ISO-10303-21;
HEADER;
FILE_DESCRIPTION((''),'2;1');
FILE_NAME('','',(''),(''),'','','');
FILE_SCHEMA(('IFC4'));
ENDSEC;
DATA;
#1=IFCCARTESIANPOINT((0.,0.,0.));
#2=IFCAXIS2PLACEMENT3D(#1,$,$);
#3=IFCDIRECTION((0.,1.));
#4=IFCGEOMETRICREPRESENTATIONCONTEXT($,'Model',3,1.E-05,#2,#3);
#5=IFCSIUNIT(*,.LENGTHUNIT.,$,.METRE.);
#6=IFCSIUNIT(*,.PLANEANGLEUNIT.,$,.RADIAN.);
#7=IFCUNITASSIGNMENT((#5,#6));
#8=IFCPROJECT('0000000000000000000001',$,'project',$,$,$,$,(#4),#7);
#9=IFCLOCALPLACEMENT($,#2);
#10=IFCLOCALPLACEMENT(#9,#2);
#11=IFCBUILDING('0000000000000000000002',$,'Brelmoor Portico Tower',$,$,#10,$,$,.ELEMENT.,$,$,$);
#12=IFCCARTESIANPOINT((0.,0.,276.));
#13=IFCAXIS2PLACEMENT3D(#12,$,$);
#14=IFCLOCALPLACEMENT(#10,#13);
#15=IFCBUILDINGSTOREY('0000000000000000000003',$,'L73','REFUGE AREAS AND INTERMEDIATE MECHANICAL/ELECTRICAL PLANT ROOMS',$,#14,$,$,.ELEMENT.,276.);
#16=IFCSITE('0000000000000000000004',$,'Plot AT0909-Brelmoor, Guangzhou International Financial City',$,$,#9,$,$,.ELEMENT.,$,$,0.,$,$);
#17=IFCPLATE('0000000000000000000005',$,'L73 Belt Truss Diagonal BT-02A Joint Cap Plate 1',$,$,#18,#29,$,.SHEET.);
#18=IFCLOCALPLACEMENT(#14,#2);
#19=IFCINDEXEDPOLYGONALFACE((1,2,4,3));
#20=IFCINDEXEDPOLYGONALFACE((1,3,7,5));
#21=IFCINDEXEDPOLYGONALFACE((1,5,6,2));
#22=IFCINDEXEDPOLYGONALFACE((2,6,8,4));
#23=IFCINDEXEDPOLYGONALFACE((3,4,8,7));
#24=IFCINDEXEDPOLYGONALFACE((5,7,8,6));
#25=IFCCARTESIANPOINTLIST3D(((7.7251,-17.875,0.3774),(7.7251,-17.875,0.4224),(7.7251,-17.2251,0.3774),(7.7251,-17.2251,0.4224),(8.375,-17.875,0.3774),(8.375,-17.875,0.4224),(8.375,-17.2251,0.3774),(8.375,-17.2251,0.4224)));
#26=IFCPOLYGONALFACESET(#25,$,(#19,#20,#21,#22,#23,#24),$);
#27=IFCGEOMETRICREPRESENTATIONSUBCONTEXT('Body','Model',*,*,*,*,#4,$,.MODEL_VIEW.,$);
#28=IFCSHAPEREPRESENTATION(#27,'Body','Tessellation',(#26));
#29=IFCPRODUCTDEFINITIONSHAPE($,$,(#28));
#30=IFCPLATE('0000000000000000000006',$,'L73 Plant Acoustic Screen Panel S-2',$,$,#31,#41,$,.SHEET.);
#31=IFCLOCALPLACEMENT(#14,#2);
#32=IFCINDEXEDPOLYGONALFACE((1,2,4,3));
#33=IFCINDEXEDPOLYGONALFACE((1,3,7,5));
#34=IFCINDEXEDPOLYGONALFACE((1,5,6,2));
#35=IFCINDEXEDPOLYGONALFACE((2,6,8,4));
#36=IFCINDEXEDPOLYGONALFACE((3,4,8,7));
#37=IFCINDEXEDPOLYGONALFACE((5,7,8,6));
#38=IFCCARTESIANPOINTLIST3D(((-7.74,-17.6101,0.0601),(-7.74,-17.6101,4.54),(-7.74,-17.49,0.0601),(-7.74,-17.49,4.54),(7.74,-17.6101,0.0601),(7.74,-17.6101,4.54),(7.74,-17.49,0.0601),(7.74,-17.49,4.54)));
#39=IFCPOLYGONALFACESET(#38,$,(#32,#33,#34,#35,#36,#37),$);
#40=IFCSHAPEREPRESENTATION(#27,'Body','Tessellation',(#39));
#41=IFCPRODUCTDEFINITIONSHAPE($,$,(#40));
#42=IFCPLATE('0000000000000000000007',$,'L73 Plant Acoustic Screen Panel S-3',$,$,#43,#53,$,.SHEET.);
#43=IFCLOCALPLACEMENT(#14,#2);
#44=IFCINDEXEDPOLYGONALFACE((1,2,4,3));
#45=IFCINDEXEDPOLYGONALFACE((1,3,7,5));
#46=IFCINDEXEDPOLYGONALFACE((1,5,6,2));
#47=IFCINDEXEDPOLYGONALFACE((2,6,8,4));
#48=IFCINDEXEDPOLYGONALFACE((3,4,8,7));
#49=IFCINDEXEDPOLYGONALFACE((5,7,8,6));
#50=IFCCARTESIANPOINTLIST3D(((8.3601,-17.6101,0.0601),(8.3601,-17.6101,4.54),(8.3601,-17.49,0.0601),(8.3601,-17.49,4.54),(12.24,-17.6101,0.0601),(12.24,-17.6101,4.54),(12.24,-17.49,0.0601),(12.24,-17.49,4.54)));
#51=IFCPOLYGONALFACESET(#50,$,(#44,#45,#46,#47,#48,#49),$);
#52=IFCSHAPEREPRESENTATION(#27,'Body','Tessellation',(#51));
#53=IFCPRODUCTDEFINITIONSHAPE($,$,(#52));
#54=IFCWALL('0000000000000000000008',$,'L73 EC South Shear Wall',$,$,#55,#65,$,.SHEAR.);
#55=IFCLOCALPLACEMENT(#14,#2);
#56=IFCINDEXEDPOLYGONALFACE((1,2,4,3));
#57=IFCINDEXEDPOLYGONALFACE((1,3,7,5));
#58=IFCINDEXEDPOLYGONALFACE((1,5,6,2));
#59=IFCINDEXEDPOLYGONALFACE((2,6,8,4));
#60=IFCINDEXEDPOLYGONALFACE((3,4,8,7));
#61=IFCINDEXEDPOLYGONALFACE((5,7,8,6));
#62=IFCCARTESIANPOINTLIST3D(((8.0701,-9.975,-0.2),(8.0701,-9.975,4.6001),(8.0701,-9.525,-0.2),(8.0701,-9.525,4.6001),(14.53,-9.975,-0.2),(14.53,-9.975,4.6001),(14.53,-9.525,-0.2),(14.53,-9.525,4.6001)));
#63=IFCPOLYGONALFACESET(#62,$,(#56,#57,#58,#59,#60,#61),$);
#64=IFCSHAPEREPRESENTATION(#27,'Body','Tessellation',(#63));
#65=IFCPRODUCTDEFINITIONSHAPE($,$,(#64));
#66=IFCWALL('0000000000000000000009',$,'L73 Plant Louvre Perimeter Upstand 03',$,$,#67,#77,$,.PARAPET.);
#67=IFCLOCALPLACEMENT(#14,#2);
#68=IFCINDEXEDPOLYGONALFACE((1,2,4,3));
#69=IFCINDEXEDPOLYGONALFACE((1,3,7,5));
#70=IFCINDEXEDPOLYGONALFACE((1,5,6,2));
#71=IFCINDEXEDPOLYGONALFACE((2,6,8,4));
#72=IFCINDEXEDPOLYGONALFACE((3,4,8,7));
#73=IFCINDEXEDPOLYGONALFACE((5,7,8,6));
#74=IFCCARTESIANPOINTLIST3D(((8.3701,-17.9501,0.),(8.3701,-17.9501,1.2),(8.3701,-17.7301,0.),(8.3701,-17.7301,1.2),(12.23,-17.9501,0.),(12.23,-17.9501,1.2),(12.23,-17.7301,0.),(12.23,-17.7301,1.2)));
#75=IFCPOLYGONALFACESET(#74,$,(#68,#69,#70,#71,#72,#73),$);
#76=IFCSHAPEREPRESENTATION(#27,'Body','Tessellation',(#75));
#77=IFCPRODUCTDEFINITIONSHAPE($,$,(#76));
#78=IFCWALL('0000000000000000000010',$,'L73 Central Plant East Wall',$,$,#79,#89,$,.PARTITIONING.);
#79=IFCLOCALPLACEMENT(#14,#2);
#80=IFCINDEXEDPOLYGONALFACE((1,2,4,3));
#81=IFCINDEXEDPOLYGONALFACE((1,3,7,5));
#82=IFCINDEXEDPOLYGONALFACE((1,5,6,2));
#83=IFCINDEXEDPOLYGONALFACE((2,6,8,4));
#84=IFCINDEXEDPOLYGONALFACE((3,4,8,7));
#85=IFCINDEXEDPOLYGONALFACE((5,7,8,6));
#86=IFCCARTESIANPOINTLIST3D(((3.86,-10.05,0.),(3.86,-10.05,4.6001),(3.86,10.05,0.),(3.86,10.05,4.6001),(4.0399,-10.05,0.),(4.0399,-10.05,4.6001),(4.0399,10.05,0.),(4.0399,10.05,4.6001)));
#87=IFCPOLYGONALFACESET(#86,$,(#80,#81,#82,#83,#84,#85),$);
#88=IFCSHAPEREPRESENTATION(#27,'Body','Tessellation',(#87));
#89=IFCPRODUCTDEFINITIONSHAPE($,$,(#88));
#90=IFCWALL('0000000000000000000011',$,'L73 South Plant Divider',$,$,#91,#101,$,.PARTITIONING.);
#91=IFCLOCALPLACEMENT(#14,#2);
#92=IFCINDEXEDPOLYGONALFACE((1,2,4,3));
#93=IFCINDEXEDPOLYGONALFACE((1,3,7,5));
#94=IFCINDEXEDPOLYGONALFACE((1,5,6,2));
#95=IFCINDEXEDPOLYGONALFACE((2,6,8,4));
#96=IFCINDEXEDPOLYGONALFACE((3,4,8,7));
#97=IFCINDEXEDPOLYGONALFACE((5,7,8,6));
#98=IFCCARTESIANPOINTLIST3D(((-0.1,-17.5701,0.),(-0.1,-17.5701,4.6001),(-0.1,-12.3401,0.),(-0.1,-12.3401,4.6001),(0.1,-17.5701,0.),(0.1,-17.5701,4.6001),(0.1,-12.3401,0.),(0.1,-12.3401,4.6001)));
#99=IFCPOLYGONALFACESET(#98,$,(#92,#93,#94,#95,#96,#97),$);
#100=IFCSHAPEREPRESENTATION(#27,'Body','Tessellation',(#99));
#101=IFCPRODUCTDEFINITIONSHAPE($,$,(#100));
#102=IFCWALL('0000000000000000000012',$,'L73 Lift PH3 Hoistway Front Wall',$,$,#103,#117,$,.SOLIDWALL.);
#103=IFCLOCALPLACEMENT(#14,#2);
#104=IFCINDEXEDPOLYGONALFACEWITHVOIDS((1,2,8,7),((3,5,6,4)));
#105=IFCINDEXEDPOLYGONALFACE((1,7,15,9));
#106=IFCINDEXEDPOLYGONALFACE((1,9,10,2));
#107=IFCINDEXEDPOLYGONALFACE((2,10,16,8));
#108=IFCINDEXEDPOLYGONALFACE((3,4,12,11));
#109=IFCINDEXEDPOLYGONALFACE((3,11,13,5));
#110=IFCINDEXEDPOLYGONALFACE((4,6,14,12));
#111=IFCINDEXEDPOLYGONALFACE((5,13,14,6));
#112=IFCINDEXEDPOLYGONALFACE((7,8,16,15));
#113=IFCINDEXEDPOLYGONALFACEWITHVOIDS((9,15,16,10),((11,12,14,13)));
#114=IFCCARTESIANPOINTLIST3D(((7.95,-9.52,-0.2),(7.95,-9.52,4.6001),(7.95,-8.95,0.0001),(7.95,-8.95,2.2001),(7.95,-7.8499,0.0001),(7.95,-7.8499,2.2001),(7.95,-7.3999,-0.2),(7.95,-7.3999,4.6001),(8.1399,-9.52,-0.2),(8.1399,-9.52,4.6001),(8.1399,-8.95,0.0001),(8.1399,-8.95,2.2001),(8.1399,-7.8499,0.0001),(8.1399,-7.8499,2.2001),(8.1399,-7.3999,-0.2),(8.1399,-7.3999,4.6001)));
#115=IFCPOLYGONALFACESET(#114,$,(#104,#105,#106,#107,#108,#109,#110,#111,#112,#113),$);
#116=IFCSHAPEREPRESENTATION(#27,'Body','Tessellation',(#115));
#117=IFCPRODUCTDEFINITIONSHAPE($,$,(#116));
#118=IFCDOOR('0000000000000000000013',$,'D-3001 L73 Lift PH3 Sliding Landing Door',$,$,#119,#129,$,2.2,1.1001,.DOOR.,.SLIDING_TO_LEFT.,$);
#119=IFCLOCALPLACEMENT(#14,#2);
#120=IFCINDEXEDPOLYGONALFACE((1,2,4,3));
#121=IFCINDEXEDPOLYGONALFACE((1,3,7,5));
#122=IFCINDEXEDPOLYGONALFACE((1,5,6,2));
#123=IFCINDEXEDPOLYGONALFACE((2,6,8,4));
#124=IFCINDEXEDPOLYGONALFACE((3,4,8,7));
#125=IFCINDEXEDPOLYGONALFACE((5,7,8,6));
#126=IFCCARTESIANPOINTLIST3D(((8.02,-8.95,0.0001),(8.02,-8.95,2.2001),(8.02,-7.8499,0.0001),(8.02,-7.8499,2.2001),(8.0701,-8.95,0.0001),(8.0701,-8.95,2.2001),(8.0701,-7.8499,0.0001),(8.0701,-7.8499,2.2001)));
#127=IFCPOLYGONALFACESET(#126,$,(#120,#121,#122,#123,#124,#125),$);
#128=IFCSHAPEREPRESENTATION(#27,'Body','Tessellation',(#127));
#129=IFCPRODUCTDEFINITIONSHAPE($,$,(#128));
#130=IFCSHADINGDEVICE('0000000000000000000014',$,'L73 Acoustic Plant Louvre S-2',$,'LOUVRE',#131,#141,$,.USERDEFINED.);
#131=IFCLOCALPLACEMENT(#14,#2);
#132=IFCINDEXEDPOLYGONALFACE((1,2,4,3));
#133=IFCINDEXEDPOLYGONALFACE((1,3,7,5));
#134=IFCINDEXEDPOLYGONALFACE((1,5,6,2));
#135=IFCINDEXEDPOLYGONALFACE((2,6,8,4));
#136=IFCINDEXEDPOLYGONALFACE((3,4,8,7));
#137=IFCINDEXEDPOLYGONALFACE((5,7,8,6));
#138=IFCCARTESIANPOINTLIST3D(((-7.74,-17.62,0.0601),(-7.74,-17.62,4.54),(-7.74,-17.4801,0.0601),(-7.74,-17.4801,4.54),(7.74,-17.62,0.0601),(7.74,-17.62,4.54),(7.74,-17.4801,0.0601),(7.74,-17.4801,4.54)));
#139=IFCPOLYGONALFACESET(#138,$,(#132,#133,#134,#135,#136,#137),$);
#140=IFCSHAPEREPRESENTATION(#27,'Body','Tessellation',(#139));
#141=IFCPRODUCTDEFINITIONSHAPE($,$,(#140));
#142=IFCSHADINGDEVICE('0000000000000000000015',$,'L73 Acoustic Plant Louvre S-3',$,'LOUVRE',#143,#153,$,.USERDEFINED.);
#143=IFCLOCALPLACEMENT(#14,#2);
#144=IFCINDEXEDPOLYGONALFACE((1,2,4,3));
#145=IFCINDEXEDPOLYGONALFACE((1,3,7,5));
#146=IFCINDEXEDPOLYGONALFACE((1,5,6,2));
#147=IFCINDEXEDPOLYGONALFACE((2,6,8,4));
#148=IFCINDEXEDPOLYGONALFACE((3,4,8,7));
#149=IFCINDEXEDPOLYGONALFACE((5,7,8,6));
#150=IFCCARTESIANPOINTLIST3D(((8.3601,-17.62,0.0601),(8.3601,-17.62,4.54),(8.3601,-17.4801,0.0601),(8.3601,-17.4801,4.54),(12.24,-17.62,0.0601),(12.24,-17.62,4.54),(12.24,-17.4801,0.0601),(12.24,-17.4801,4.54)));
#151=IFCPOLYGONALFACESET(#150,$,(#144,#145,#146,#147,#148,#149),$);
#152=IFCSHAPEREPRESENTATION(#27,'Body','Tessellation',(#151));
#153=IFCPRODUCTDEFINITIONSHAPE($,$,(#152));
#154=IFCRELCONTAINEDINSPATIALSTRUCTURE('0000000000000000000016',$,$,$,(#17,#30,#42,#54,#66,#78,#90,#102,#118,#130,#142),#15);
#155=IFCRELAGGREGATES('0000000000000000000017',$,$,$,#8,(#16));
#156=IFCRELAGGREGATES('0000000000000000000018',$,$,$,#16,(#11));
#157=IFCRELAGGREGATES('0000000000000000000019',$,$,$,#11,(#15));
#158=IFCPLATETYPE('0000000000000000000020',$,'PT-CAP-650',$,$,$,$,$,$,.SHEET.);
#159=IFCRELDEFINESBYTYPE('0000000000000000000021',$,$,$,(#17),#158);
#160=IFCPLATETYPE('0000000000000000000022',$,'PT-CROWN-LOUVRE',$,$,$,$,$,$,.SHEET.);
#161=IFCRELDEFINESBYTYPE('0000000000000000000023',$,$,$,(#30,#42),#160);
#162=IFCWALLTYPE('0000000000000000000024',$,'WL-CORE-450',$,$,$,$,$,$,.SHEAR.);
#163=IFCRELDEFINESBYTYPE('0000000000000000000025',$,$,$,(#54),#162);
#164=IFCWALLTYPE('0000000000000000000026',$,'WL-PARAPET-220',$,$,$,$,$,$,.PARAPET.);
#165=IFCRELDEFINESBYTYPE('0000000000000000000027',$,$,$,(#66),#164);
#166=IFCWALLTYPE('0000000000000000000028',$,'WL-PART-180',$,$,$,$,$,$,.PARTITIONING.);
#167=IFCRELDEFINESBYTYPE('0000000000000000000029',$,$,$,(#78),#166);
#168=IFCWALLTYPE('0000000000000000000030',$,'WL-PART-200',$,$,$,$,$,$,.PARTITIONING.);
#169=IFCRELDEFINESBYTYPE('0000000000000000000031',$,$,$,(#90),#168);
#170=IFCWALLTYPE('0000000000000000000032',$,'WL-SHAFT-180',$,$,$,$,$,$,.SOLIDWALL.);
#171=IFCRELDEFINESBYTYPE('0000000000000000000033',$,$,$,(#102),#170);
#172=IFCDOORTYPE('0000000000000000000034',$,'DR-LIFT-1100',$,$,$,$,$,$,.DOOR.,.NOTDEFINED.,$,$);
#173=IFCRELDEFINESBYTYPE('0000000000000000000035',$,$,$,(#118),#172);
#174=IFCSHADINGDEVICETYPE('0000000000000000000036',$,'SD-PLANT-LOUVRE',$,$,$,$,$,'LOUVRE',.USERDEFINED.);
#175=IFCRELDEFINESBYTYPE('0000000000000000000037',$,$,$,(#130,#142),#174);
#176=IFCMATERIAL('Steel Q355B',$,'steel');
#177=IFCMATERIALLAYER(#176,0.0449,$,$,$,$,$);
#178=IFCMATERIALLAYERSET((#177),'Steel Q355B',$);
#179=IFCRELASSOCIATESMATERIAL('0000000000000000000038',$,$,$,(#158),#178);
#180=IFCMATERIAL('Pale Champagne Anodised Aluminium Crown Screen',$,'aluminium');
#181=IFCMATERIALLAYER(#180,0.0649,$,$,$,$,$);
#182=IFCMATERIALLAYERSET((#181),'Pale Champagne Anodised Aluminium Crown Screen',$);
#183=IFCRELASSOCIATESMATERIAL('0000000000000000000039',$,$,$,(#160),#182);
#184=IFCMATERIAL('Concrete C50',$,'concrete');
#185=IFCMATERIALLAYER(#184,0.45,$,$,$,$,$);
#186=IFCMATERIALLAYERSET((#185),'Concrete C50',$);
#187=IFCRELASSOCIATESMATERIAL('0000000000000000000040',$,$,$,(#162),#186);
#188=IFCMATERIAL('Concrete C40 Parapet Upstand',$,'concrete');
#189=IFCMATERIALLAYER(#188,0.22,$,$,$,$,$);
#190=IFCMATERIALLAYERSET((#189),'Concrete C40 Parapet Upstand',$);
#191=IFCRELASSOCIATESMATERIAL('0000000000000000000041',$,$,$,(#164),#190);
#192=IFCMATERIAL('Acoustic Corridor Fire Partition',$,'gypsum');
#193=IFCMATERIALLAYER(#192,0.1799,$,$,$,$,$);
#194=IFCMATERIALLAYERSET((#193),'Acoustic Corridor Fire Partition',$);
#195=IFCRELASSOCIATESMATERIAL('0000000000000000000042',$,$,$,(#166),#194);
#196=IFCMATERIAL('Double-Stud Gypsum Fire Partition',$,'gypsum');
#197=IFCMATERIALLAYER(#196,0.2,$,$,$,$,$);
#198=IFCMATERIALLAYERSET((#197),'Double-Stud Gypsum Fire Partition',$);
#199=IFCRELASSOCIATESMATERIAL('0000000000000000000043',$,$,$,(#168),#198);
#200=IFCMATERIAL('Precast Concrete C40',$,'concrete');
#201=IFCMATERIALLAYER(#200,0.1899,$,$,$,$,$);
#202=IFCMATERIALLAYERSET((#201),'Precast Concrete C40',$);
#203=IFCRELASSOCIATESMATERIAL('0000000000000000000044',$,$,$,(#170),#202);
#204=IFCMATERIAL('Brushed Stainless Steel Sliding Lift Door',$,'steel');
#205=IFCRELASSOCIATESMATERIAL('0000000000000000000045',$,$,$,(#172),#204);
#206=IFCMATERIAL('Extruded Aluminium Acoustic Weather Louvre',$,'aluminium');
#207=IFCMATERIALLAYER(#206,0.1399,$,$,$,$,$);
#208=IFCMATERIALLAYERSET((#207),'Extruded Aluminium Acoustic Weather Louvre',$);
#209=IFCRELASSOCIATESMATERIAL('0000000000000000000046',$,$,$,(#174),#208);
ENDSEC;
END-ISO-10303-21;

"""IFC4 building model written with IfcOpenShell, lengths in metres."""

from ifc_helpers import new_model, si_unit, direction, frame, frame_2d, origin, origin_2d, place, context, subcontext, project, spatial, rectangle, extrude, material, layer, layer_set, type_object, element, fill, save


model = new_model("IFC4")

# Units and contexts
model_context = context("Model", 3, precision=1e-05, world=origin(), true_north=direction((0.0, 1.0)))
body_context = subcontext(model_context, "Body", "Model", "MODEL_VIEW")
ifc_project = project(units=[si_unit("LENGTHUNIT", "METRE"), si_unit("PLANEANGLEUNIT", "RADIAN")], contexts=[model_context])

# Site, building, storey
site_placement = place(None, origin())
site = spatial("IfcSite", under=ifc_project, at=site_placement, Name="Plot AT0909-Brelmoor, Guangzhou International Financial City", CompositionType="ELEMENT", RefElevation=0.0)
building_placement = place(site_placement, origin())
building = spatial("IfcBuilding", under=site, at=building_placement, Name="Brelmoor Portico Tower", CompositionType="ELEMENT")
storey_placement = place(building_placement, frame((0.0, 0.0, 276.0)))
storey = spatial("IfcBuildingStorey", under=building, at=storey_placement, Name="L73", Description="REFUGE AREAS AND INTERMEDIATE MECHANICAL/ELECTRICAL PLANT ROOMS", CompositionType="ELEMENT", Elevation=276.0)

# Shared definitions
ifc_material_1 = material(Name="Steel Q355B", Category="steel")

# Plates
ifc_layer_1 = layer(ifc_material_1, 0.0449)
ifc_layer_set_1 = layer_set([ifc_layer_1], Name="Steel Q355B")
plate_type_1 = type_object("IfcPlateType", Name="PT-CAP-650", PredefinedType="SHEET", material=ifc_layer_set_1)
plate_1_placement = place(storey_placement, frame((8.05, -17.55, 0.3774), z_axis=(0.0, 0.0, 1.0), x_axis=(1.0, 0.0, 0.0)))
element("IfcPlate", 1, at=plate_1_placement, inside=storey, type_object=plate_type_1, Name="L73 Belt Truss Diagonal BT-02A Joint Cap Plate 1", PredefinedType="SHEET", context=body_context, shape_type="SweptSolid", body=[
    extrude(rectangle(XDim=0.6499, YDim=0.6499, at=origin_2d()), origin(), (0.0, 0.0, 1.0), 0.0449),
])
ifc_material_2 = material(Name="Pale Champagne Anodised Aluminium Crown Screen", Category="aluminium")
ifc_layer_2 = layer(ifc_material_2, 0.0649)
ifc_layer_set_2 = layer_set([ifc_layer_2], Name="Pale Champagne Anodised Aluminium Crown Screen")
plate_type_2 = type_object("IfcPlateType", Name="PT-CROWN-LOUVRE", PredefinedType="SHEET", material=ifc_layer_set_2)
plate_2_placement = place(storey_placement, frame((0.0, -17.55, 0.0601), z_axis=(0.0, 0.0, 1.0), x_axis=(1.0, 0.0, 0.0)))
element("IfcPlate", 2, at=plate_2_placement, inside=storey, type_object=plate_type_2, Name="L73 Plant Acoustic Screen Panel S-2", PredefinedType="SHEET", context=body_context, shape_type="SweptSolid", body=[
    extrude(rectangle(XDim=15.48, YDim=0.1201, at=origin_2d()), origin(), (0.0, 0.0, 1.0), 4.48),
])
plate_3_placement = place(storey_placement, frame((10.3, -17.55, 0.0601), z_axis=(0.0, 0.0, 1.0), x_axis=(1.0, 0.0, 0.0)))
element("IfcPlate", 3, at=plate_3_placement, inside=storey, type_object=plate_type_2, Name="L73 Plant Acoustic Screen Panel S-3", PredefinedType="SHEET", context=body_context, shape_type="SweptSolid", body=[
    extrude(rectangle(XDim=3.8799, YDim=0.1201, at=origin_2d()), origin(), (0.0, 0.0, 1.0), 4.48),
])

# Walls
ifc_material_3 = material(Name="Concrete C50", Category="concrete")
ifc_layer_3 = layer(ifc_material_3, 0.45)
ifc_layer_set_3 = layer_set([ifc_layer_3], Name="Concrete C50")
wall_type_1 = type_object("IfcWallType", Name="WL-CORE-450", PredefinedType="SHEAR", material=ifc_layer_set_3)
wall_1_placement = place(storey_placement, frame((8.0701, -9.75, -0.2), z_axis=(0.0, 0.0, 1.0), x_axis=(1.0, 0.0, 0.0)))
element("IfcWall", 4, at=wall_1_placement, inside=storey, type_object=wall_type_1, Name="L73 EC South Shear Wall", PredefinedType="SHEAR", context=body_context, shape_type="SweptSolid", body=[
    extrude(rectangle(XDim=6.46, YDim=0.45, at=frame_2d((3.23, 0.0))), origin(), (0.0, 0.0, 1.0), 4.8),
])
ifc_material_4 = material(Name="Concrete C40 Parapet Upstand", Category="concrete")
ifc_layer_4 = layer(ifc_material_4, 0.22)
ifc_layer_set_4 = layer_set([ifc_layer_4], Name="Concrete C40 Parapet Upstand")
wall_type_2 = type_object("IfcWallType", Name="WL-PARAPET-220", PredefinedType="PARAPET", material=ifc_layer_set_4)
wall_2_placement = place(storey_placement, frame((8.3701, -17.8401, 0.0), z_axis=(0.0, 0.0, 1.0), x_axis=(1.0, 0.0, 0.0)))
element("IfcWall", 5, at=wall_2_placement, inside=storey, type_object=wall_type_2, Name="L73 Plant Louvre Perimeter Upstand 03", PredefinedType="PARAPET", context=body_context, shape_type="SweptSolid", body=[
    extrude(rectangle(XDim=3.8599, YDim=0.22, at=frame_2d((1.9299, 0.0))), origin(), (0.0, 0.0, 1.0), 1.2),
])
ifc_material_5 = material(Name="Acoustic Corridor Fire Partition", Category="gypsum")
ifc_layer_5 = layer(ifc_material_5, 0.1799)
ifc_layer_set_5 = layer_set([ifc_layer_5], Name="Acoustic Corridor Fire Partition")
wall_type_3 = type_object("IfcWallType", Name="WL-PART-180", PredefinedType="PARTITIONING", material=ifc_layer_set_5)
wall_3_placement = place(storey_placement, frame((3.95, -10.05, 0.0), z_axis=(0.0, 0.0, 1.0), x_axis=(0.0, 1.0, 0.0)))
element("IfcWall", 6, at=wall_3_placement, inside=storey, type_object=wall_type_3, Name="L73 Central Plant East Wall", PredefinedType="PARTITIONING", context=body_context, shape_type="SweptSolid", body=[
    extrude(rectangle(XDim=20.1001, YDim=0.1799, at=frame_2d((10.05, 0.0))), origin(), (0.0, 0.0, 1.0), 4.6001),
])
ifc_material_6 = material(Name="Double-Stud Gypsum Fire Partition", Category="gypsum")
ifc_layer_6 = layer(ifc_material_6, 0.2)
ifc_layer_set_6 = layer_set([ifc_layer_6], Name="Double-Stud Gypsum Fire Partition")
wall_type_4 = type_object("IfcWallType", Name="WL-PART-200", PredefinedType="PARTITIONING", material=ifc_layer_set_6)
wall_4_placement = place(storey_placement, frame((0.0, -17.5701, 0.0), z_axis=(0.0, 0.0, 1.0), x_axis=(0.0, 1.0, 0.0)))
element("IfcWall", 7, at=wall_4_placement, inside=storey, type_object=wall_type_4, Name="L73 South Plant Divider", PredefinedType="PARTITIONING", context=body_context, shape_type="SweptSolid", body=[
    extrude(rectangle(XDim=5.23, YDim=0.2, at=frame_2d((2.615, 0.0))), origin(), (0.0, 0.0, 1.0), 4.6001),
])

# Wall, opening, door
ifc_material_7 = material(Name="Precast Concrete C40", Category="concrete")
ifc_layer_7 = layer(ifc_material_7, 0.1899)
ifc_layer_set_7 = layer_set([ifc_layer_7], Name="Precast Concrete C40")
wall_type_5 = type_object("IfcWallType", Name="WL-SHAFT-180", PredefinedType="SOLIDWALL", material=ifc_layer_set_7)
wall_5_placement = place(storey_placement, frame((8.0449, -9.52, -0.2), z_axis=(0.0, 0.0, 1.0), x_axis=(0.0, 1.0, 0.0)))
wall_5 = element("IfcWall", 8, at=wall_5_placement, inside=storey, type_object=wall_type_5, Name="L73 Lift PH3 Hoistway Front Wall", PredefinedType="SOLIDWALL", context=body_context, shape_type="SweptSolid", body=[
    extrude(rectangle(XDim=2.1201, YDim=0.1899, at=frame_2d((1.0601, 0.0))), origin(), (0.0, 0.0, 1.0), 4.8),
])
opening_placement = place(wall_5_placement, frame((0.5701, 0.0, 0.2)))
opening = element("IfcOpeningElement", 9, at=opening_placement, cuts=wall_5, PredefinedType="OPENING", context=body_context, shape_type="SweptSolid", body=[
    extrude(rectangle(XDim=1.1001, YDim=2.2, at=frame_2d((0.55, 1.1001))), frame((0.0, 0.105, 0.0), z_axis=(0.0, -1.0, 0.0), x_axis=(1.0, 0.0, 0.0)), (0.0, 0.0, 1.0), 0.21),
])
ifc_material_8 = material(Name="Brushed Stainless Steel Sliding Lift Door", Category="steel")
door_type = type_object("IfcDoorType", Name="DR-LIFT-1100", OperationType="NOTDEFINED", PredefinedType="DOOR", material=ifc_material_8)
door_placement = place(opening_placement, origin())
door = element("IfcDoor", 10, at=door_placement, inside=storey, type_object=door_type, Name="D-3001 L73 Lift PH3 Sliding Landing Door", OperationType="SLIDING_TO_LEFT", OverallHeight=2.2, OverallWidth=1.1001, PredefinedType="DOOR", context=body_context, shape_type="SweptSolid", body=[
    extrude(rectangle(XDim=1.1001, YDim=2.2, at=frame_2d((0.55, 1.1001))), frame((0.0, 0.0249, 0.0), z_axis=(0.0, -1.0, 0.0), x_axis=(1.0, 0.0, 0.0)), (0.0, 0.0, 1.0), 0.05),
])
fill(opening, door)

# Shading devices
ifc_material_9 = material(Name="Extruded Aluminium Acoustic Weather Louvre", Category="aluminium")
ifc_layer_8 = layer(ifc_material_9, 0.1399)
ifc_layer_set_8 = layer_set([ifc_layer_8], Name="Extruded Aluminium Acoustic Weather Louvre")
shading_device_type = type_object("IfcShadingDeviceType", Name="SD-PLANT-LOUVRE", ElementType="LOUVRE", PredefinedType="USERDEFINED", material=ifc_layer_set_8)
shading_device_1_placement = place(storey_placement, frame((0.0, -17.55, 0.0601), z_axis=(0.0, 0.0, 1.0), x_axis=(1.0, 0.0, 0.0)))
element("IfcShadingDevice", 11, at=shading_device_1_placement, inside=storey, type_object=shading_device_type, Name="L73 Acoustic Plant Louvre S-2", ObjectType="LOUVRE", PredefinedType="USERDEFINED", context=body_context, shape_type="SweptSolid", body=[
    extrude(rectangle(XDim=15.48, YDim=0.1399, at=origin_2d()), origin(), (0.0, 0.0, 1.0), 4.48),
])
shading_device_2_placement = place(storey_placement, frame((10.3, -17.55, 0.0601), z_axis=(0.0, 0.0, 1.0), x_axis=(1.0, 0.0, 0.0)))
element("IfcShadingDevice", 12, at=shading_device_2_placement, inside=storey, type_object=shading_device_type, Name="L73 Acoustic Plant Louvre S-3", ObjectType="LOUVRE", PredefinedType="USERDEFINED", context=body_context, shape_type="SweptSolid", body=[
    extrude(rectangle(XDim=3.8799, YDim=0.1399, at=origin_2d()), origin(), (0.0, 0.0, 1.0), 4.48),
])

save(model, "model.ifc")
